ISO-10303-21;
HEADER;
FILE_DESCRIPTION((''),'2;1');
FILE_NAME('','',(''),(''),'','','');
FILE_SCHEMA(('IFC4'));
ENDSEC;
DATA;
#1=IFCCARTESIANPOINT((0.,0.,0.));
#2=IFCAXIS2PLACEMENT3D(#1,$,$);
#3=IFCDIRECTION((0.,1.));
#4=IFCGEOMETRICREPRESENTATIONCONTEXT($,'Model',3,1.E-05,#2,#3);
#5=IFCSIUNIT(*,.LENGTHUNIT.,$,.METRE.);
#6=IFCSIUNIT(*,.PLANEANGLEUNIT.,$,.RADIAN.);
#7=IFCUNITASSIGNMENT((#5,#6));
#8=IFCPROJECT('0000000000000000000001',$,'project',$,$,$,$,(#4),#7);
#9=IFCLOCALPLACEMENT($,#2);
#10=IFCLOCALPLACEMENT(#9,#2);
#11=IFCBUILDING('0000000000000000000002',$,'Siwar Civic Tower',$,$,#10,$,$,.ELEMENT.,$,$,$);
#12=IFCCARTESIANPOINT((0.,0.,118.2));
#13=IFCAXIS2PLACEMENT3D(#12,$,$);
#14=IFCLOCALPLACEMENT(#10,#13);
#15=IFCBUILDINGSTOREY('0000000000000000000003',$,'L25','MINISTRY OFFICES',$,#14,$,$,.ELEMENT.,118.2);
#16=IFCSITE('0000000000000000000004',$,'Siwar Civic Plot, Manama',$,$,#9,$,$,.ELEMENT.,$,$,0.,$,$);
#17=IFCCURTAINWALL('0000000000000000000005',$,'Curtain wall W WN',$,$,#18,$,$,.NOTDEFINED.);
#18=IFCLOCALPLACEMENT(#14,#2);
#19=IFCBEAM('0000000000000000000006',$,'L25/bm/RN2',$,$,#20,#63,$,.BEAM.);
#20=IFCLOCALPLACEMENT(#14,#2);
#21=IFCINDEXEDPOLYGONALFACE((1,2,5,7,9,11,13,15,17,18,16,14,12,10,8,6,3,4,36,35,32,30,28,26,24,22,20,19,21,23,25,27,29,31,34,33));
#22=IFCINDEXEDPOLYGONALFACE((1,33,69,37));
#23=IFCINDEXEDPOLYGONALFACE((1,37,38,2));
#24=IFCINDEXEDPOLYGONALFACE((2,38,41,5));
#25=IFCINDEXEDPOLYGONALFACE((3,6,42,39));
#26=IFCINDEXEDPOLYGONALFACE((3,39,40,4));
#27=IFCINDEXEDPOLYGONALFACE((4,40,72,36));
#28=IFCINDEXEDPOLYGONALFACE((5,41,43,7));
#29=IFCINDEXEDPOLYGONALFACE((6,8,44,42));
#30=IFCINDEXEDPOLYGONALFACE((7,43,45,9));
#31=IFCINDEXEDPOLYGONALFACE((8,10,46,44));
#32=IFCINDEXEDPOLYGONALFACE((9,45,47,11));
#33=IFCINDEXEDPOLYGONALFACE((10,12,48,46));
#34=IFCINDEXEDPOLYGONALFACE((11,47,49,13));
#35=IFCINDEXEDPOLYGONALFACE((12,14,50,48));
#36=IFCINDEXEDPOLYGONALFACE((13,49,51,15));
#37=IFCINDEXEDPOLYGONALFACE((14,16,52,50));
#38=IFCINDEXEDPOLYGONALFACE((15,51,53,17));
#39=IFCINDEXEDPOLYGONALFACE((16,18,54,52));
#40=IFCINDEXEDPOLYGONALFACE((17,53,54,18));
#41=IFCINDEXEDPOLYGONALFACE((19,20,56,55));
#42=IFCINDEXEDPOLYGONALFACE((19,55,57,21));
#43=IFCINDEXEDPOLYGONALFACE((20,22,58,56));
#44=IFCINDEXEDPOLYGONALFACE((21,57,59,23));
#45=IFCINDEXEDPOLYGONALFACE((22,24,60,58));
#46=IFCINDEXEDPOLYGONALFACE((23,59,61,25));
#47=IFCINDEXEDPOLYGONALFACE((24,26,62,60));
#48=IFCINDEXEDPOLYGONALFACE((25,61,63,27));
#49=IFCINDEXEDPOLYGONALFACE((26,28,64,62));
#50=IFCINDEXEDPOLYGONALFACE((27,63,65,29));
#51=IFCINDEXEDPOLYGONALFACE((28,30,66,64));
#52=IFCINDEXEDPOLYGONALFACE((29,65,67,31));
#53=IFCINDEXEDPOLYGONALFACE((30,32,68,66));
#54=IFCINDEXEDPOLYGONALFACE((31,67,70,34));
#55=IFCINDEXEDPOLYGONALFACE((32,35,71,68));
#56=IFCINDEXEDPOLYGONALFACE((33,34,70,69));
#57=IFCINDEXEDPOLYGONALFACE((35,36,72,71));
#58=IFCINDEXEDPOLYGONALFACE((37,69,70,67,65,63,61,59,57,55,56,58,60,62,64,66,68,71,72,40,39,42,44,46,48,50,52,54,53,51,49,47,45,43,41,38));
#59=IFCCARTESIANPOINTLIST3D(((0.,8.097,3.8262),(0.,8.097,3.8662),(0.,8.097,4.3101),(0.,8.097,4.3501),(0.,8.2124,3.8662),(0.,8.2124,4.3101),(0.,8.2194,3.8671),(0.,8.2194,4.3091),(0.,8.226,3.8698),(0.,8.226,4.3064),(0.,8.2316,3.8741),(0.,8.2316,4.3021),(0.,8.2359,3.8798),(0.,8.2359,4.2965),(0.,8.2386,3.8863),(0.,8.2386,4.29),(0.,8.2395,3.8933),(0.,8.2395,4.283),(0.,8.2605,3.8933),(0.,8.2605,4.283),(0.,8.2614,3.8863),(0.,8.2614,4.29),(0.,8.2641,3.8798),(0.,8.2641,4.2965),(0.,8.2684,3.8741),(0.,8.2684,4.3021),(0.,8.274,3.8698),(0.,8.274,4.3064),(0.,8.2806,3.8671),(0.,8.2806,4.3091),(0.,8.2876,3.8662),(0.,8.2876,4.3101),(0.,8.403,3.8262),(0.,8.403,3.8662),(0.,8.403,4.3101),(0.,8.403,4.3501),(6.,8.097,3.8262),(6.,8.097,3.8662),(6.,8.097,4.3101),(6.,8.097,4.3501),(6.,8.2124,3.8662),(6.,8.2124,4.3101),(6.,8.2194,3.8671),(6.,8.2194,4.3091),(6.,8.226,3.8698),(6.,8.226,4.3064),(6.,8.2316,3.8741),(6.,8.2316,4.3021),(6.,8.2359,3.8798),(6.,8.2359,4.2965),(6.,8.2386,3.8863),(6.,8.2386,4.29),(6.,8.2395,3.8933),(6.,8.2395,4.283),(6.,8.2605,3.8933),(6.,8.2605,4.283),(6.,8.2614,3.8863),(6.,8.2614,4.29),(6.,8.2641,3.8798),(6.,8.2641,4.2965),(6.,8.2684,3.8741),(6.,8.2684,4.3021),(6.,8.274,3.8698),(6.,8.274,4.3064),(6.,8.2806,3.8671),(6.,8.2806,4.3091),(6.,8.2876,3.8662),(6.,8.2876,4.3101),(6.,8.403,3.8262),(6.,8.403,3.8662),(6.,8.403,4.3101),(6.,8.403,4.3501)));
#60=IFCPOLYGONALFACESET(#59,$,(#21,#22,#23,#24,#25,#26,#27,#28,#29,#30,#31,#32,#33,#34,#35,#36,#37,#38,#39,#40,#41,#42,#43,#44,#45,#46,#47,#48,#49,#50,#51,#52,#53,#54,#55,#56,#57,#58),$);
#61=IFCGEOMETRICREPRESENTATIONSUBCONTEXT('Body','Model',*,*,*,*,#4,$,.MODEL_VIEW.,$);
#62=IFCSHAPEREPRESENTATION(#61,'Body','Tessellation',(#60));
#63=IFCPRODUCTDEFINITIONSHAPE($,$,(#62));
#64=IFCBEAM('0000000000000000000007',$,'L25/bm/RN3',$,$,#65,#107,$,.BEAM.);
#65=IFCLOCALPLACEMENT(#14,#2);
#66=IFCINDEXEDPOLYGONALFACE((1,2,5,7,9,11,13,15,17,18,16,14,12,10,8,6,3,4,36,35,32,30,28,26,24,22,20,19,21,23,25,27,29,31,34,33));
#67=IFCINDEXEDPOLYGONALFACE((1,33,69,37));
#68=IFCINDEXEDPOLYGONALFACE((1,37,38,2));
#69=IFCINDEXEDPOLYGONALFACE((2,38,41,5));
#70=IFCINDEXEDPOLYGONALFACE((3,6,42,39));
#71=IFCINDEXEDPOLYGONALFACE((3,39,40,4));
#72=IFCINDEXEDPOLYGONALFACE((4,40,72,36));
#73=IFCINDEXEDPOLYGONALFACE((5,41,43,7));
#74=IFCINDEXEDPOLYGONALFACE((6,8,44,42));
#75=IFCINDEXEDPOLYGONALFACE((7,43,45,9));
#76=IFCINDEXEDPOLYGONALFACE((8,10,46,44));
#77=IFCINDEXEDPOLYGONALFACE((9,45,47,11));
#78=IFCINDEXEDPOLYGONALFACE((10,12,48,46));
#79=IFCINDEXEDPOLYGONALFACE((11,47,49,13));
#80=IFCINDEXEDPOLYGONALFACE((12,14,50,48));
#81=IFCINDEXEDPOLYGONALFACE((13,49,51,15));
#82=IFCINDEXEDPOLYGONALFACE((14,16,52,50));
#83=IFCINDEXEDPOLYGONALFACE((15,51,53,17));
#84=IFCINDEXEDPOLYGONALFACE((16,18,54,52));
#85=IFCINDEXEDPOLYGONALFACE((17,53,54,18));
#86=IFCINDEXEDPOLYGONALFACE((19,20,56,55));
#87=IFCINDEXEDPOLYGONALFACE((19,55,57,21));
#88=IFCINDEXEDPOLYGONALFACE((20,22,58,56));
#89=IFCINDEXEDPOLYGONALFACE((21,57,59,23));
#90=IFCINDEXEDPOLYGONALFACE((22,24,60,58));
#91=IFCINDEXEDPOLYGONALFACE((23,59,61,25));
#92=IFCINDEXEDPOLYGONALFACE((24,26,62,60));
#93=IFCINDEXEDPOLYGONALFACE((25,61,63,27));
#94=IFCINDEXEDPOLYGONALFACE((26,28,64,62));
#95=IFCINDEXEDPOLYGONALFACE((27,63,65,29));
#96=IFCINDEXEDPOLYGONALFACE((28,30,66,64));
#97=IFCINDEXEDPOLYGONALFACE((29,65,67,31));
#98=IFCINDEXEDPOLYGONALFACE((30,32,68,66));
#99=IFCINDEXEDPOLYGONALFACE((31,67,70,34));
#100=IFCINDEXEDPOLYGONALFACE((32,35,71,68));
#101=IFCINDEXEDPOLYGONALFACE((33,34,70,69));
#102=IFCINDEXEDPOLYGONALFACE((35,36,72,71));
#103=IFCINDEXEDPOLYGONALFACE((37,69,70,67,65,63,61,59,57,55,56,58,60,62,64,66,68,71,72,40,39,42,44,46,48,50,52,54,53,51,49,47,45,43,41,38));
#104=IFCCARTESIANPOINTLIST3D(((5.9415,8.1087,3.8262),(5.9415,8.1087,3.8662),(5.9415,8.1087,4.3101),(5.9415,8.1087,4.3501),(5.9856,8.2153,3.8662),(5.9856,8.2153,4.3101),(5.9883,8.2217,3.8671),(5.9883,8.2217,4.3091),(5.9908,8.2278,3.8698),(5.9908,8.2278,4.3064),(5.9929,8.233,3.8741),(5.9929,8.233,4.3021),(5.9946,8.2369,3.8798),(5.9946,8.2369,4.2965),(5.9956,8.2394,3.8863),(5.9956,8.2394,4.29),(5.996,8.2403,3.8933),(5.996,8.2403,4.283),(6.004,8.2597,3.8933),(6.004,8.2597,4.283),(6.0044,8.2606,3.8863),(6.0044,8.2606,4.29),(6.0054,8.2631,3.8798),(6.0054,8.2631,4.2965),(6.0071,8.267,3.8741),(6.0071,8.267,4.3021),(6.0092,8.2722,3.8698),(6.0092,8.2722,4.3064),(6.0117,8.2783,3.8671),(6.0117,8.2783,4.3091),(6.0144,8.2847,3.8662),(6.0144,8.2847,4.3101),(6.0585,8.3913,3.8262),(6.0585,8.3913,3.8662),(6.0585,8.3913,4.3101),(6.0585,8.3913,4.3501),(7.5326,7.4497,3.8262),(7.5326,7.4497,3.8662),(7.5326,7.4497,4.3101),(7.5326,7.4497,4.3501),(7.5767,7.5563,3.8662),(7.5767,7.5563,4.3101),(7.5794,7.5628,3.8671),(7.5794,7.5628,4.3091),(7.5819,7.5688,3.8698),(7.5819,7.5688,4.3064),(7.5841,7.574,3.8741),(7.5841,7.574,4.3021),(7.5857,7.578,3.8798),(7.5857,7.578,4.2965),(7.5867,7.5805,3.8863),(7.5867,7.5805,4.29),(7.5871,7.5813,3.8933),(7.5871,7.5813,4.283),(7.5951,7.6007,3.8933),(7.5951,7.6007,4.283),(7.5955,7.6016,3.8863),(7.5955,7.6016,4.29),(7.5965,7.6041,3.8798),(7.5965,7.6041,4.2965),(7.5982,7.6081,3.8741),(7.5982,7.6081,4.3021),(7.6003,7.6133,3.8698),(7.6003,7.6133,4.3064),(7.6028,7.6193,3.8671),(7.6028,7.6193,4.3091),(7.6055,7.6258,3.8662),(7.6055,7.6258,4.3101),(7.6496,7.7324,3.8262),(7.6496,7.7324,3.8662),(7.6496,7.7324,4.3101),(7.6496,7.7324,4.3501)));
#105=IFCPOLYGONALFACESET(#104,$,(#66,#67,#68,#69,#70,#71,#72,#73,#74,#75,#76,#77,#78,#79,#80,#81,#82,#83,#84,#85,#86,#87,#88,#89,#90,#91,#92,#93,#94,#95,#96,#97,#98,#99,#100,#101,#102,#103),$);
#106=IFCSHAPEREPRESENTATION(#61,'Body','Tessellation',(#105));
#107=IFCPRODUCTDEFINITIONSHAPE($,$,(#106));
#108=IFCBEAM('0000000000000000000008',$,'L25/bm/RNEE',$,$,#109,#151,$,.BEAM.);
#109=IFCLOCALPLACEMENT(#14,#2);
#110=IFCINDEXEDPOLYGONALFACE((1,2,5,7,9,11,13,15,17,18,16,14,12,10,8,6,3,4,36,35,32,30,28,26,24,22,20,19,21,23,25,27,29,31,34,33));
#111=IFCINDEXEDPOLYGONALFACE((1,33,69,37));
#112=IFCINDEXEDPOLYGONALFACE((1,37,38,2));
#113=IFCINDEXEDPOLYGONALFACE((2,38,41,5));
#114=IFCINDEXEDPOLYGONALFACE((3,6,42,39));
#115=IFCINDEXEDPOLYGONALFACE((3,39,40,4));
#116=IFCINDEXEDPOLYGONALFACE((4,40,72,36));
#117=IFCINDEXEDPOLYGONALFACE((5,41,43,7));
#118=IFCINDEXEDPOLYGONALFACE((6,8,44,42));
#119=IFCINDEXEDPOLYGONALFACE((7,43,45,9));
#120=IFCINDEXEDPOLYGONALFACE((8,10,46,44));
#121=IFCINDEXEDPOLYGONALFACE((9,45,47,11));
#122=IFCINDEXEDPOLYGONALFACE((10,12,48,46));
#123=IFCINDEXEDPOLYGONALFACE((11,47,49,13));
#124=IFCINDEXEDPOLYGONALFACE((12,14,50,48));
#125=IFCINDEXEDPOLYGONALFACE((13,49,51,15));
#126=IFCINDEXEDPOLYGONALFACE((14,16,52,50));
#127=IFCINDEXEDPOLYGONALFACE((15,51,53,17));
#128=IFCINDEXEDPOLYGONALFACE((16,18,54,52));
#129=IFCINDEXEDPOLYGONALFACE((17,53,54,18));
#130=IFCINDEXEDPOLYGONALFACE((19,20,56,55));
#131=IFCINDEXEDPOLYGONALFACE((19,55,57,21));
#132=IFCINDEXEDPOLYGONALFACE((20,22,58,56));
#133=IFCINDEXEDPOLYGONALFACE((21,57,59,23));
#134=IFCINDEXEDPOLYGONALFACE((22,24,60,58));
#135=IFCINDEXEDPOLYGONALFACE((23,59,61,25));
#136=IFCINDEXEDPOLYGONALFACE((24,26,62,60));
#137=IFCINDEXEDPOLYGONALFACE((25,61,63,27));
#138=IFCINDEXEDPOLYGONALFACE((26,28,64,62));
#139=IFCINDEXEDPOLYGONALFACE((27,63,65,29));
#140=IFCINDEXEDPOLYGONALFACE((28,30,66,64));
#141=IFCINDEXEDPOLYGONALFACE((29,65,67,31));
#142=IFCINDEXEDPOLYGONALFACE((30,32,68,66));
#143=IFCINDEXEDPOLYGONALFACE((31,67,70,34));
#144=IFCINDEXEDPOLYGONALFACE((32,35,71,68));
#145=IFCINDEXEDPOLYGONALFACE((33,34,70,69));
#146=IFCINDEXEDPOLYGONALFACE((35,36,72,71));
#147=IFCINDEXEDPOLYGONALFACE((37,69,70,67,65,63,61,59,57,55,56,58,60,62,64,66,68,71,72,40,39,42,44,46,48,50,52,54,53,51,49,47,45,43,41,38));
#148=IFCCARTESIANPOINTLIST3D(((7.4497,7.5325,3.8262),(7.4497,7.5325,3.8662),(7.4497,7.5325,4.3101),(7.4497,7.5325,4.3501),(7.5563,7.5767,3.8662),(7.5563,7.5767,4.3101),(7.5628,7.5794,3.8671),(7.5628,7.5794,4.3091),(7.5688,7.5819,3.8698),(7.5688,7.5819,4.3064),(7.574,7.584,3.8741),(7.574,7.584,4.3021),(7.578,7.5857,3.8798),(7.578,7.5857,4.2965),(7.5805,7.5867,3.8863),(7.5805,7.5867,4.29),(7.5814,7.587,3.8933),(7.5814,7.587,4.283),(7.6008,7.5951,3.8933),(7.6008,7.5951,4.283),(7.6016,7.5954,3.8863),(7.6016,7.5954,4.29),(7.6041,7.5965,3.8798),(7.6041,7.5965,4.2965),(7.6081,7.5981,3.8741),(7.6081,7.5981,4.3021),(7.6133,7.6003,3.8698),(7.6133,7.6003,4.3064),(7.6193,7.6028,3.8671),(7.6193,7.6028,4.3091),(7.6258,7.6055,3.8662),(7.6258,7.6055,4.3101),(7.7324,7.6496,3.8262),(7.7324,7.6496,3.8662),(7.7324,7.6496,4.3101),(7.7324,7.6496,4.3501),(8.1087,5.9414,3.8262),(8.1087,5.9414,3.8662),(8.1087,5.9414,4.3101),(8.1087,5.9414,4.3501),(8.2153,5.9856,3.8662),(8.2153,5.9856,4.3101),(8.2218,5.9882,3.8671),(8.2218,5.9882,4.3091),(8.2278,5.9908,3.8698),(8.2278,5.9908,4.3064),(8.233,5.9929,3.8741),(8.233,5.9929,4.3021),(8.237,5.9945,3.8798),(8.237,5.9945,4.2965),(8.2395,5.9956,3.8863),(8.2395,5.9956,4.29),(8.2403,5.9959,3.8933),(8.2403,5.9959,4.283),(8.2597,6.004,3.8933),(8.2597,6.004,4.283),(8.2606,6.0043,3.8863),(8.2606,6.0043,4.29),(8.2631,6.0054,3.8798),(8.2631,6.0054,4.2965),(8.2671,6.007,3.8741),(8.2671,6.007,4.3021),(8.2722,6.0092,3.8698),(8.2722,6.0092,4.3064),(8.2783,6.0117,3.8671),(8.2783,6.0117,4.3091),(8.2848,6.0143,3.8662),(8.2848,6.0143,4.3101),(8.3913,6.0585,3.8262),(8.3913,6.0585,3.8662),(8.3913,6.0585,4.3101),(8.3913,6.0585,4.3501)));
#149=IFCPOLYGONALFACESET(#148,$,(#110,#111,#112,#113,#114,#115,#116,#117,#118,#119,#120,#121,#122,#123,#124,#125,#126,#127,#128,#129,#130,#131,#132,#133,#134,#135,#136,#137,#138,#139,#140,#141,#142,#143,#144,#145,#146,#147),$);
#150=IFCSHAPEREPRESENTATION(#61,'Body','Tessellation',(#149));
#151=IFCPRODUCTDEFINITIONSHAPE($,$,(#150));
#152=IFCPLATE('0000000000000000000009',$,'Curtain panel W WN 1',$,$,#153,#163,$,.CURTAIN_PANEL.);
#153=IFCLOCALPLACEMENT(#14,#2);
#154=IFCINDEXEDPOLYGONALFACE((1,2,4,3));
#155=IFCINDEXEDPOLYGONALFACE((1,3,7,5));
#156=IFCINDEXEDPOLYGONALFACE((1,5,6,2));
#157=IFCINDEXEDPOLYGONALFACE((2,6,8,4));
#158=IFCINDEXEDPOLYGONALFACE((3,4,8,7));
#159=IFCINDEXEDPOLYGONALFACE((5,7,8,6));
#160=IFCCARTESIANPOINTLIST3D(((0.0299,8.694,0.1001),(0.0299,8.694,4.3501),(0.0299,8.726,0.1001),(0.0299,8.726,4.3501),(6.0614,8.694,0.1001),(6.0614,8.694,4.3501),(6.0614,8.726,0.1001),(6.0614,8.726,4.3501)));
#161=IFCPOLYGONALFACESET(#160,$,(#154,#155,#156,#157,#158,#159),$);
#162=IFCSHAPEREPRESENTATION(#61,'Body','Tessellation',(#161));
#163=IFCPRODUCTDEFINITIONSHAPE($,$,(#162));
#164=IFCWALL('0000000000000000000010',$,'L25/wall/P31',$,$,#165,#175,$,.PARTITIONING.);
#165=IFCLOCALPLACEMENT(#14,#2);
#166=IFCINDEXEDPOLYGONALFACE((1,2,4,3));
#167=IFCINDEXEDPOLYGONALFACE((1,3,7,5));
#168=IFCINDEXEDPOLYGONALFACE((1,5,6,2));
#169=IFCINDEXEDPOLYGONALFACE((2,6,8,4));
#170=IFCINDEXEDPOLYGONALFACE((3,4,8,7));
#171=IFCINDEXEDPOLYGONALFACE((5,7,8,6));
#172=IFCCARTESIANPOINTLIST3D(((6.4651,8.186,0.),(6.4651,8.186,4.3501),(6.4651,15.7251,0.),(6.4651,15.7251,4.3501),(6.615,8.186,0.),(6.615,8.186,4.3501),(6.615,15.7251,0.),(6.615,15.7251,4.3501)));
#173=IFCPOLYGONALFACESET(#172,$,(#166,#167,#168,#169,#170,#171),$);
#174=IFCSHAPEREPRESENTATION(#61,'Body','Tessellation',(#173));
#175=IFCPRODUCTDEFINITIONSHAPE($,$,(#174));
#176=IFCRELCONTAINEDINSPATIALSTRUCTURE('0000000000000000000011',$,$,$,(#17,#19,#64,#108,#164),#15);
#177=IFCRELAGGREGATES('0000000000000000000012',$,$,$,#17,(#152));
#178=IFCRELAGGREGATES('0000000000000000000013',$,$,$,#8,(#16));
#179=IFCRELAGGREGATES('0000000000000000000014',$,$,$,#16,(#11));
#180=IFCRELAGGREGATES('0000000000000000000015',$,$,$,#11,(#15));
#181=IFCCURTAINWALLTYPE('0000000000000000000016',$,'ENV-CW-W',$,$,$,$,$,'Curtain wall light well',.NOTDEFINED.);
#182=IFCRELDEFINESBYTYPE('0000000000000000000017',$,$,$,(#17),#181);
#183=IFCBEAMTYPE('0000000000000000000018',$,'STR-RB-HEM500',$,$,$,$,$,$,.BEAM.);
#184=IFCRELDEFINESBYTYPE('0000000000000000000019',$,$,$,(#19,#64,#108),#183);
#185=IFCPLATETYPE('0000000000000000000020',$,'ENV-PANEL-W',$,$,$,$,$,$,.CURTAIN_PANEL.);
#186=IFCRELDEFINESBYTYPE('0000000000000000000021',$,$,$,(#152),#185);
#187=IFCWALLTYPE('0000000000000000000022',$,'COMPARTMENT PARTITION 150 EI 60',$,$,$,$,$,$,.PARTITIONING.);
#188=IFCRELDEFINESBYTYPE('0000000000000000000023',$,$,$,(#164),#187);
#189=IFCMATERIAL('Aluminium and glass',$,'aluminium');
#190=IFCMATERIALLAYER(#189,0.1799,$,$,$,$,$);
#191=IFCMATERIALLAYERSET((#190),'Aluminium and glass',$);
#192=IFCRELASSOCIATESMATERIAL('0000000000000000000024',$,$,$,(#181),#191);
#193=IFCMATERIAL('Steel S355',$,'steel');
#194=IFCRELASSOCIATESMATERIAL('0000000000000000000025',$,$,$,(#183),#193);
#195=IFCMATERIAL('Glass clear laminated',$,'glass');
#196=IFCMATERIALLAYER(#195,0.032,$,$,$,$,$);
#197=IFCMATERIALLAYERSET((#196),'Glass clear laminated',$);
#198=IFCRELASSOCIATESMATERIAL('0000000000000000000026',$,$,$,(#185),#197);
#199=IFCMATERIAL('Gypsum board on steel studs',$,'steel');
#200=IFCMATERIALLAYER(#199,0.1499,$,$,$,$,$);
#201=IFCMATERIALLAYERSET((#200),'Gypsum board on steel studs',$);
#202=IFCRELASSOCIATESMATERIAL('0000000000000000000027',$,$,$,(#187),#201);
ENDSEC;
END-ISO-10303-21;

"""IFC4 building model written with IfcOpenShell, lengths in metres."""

from ifc_helpers import new_model, si_unit, direction, frame, frame_2d, origin, origin_2d, place, context, subcontext, project, spatial, rectangle, i_section, extrude, material, layer, layer_set, material_profile, profile_set, type_object, element, aggregate, save


model = new_model("IFC4")

# Units and contexts
model_context = context("Model", 3, precision=1e-05, world=origin(), true_north=direction((0.0, 1.0)))
body_context = subcontext(model_context, "Body", "Model", "MODEL_VIEW")
ifc_project = project(units=[si_unit("LENGTHUNIT", "METRE"), si_unit("PLANEANGLEUNIT", "RADIAN")], contexts=[model_context])

# Site, building, storey
site_placement = place(None, origin())
site = spatial("IfcSite", under=ifc_project, at=site_placement, Name="Siwar Civic Plot, Manama", CompositionType="ELEMENT", RefElevation=0.0)
building_placement = place(site_placement, origin())
building = spatial("IfcBuilding", under=site, at=building_placement, Name="Siwar Civic Tower", CompositionType="ELEMENT")
storey_placement = place(building_placement, frame((0.0, 0.0, 118.2)))
storey = spatial("IfcBuildingStorey", under=building, at=storey_placement, Name="L25", Description="MINISTRY OFFICES", CompositionType="ELEMENT", Elevation=118.2)

# Curtain wall
ifc_material_1 = material(Name="Aluminium and glass", Category="aluminium")
ifc_layer_1 = layer(ifc_material_1, 0.1799)
ifc_layer_set_1 = layer_set([ifc_layer_1], Name="Aluminium and glass")
curtain_wall_type = type_object("IfcCurtainWallType", Name="ENV-CW-W", ElementType="Curtain wall light well", PredefinedType="NOTDEFINED", material=ifc_layer_set_1)
curtain_wall_placement = place(storey_placement, origin())
curtain_wall = element("IfcCurtainWall", 1, at=curtain_wall_placement, inside=storey, type_object=curtain_wall_type, Name="Curtain wall W WN", PredefinedType="NOTDEFINED")

# Beams
ifc_material_2 = material(Name="Steel S355", Category="steel")
ifc_material_profile_1 = material_profile(ifc_material_2, i_section(OverallWidth=0.3059, OverallDepth=0.5239, WebThickness=0.021, FlangeThickness=0.04, FilletRadius=0.0271, at=origin_2d()), Name="HEM500")
ifc_profile_set_1 = profile_set([ifc_material_profile_1], Name="Steel S355")
beam_type_1 = type_object("IfcBeamType", Name="STR-RB-HEM500", PredefinedType="BEAM", material=ifc_profile_set_1)
beam_1_placement = place(storey_placement, frame((0.0, 8.25, 4.0881), z_axis=(1.0, 0.0, 0.0), x_axis=(0.0, 1.0, 0.0)))
element("IfcBeam", 2, at=beam_1_placement, inside=storey, type_object=beam_type_1, Name="L25/bm/RN2", PredefinedType="BEAM", context=body_context, shape_type="SweptSolid", body=[
    extrude(i_section(OverallWidth=0.3059, OverallDepth=0.5239, WebThickness=0.021, FlangeThickness=0.04, FilletRadius=0.0271, at=origin_2d()), origin(), (0.0, 0.0, 1.0), 6.0),
])
for number, where, z_axis, x_axis, name in (
    (3, (6.0, 8.25, 4.0881), (0.923901, -0.382631, 0.0), (0.382631, 0.923901, 0.0), "L25/bm/RN3"),
    (4, (7.5911, 7.5911, 4.0881), (0.382631, -0.923901, 0.0), (0.923901, 0.382631, 0.0), "L25/bm/RNEE"),
):
    element("IfcBeam", number, at=place(storey_placement, frame(where, z_axis=z_axis, x_axis=x_axis)), inside=storey, type_object=beam_type_1, Name=name, PredefinedType="BEAM", context=body_context, shape_type="SweptSolid", body=[
        extrude(i_section(OverallWidth=0.3059, OverallDepth=0.5239, WebThickness=0.021, FlangeThickness=0.04, FilletRadius=0.0271, at=origin_2d()), origin(), (0.0, 0.0, 1.0), 1.7222),
    ])

# Plate
ifc_material_3 = material(Name="Glass clear laminated", Category="glass")
ifc_layer_2 = layer(ifc_material_3, 0.032)
ifc_layer_set_2 = layer_set([ifc_layer_2], Name="Glass clear laminated")
plate_type = type_object("IfcPlateType", Name="ENV-PANEL-W", PredefinedType="CURTAIN_PANEL", material=ifc_layer_set_2)
plate_placement = place(storey_placement, frame((3.0457, 8.71, 0.1001), z_axis=(0.0, 0.0, 1.0), x_axis=(-1.0, 0.0, 0.0)))
plate = element("IfcPlate", 5, at=plate_placement, type_object=plate_type, Name="Curtain panel W WN 1", PredefinedType="CURTAIN_PANEL", context=body_context, shape_type="SweptSolid", body=[
    extrude(rectangle(XDim=6.0315, YDim=0.032, at=origin_2d()), origin(), (0.0, 0.0, 1.0), 4.25),
])
aggregate(curtain_wall, [plate])

# Wall
ifc_material_4 = material(Name="Gypsum board on steel studs", Category="steel")
ifc_layer_3 = layer(ifc_material_4, 0.1499)
ifc_layer_set_3 = layer_set([ifc_layer_3], Name="Gypsum board on steel studs")
wall_type_1 = type_object("IfcWallType", Name="COMPARTMENT PARTITION 150 EI 60", PredefinedType="PARTITIONING", material=ifc_layer_set_3)
wall_1_placement = place(storey_placement, frame((6.54, 8.186, 0.0), z_axis=(0.0, 0.0, 1.0), x_axis=(0.0, 1.0, 0.0)))
element("IfcWall", 6, at=wall_1_placement, inside=storey, type_object=wall_type_1, Name="L25/wall/P31", PredefinedType="PARTITIONING", context=body_context, shape_type="SweptSolid", body=[
    extrude(rectangle(XDim=7.5391, YDim=0.1499, at=frame_2d((3.7695, 0.0))), origin(), (0.0, 0.0, 1.0), 4.3501),
])

save(model, "model.ifc")
